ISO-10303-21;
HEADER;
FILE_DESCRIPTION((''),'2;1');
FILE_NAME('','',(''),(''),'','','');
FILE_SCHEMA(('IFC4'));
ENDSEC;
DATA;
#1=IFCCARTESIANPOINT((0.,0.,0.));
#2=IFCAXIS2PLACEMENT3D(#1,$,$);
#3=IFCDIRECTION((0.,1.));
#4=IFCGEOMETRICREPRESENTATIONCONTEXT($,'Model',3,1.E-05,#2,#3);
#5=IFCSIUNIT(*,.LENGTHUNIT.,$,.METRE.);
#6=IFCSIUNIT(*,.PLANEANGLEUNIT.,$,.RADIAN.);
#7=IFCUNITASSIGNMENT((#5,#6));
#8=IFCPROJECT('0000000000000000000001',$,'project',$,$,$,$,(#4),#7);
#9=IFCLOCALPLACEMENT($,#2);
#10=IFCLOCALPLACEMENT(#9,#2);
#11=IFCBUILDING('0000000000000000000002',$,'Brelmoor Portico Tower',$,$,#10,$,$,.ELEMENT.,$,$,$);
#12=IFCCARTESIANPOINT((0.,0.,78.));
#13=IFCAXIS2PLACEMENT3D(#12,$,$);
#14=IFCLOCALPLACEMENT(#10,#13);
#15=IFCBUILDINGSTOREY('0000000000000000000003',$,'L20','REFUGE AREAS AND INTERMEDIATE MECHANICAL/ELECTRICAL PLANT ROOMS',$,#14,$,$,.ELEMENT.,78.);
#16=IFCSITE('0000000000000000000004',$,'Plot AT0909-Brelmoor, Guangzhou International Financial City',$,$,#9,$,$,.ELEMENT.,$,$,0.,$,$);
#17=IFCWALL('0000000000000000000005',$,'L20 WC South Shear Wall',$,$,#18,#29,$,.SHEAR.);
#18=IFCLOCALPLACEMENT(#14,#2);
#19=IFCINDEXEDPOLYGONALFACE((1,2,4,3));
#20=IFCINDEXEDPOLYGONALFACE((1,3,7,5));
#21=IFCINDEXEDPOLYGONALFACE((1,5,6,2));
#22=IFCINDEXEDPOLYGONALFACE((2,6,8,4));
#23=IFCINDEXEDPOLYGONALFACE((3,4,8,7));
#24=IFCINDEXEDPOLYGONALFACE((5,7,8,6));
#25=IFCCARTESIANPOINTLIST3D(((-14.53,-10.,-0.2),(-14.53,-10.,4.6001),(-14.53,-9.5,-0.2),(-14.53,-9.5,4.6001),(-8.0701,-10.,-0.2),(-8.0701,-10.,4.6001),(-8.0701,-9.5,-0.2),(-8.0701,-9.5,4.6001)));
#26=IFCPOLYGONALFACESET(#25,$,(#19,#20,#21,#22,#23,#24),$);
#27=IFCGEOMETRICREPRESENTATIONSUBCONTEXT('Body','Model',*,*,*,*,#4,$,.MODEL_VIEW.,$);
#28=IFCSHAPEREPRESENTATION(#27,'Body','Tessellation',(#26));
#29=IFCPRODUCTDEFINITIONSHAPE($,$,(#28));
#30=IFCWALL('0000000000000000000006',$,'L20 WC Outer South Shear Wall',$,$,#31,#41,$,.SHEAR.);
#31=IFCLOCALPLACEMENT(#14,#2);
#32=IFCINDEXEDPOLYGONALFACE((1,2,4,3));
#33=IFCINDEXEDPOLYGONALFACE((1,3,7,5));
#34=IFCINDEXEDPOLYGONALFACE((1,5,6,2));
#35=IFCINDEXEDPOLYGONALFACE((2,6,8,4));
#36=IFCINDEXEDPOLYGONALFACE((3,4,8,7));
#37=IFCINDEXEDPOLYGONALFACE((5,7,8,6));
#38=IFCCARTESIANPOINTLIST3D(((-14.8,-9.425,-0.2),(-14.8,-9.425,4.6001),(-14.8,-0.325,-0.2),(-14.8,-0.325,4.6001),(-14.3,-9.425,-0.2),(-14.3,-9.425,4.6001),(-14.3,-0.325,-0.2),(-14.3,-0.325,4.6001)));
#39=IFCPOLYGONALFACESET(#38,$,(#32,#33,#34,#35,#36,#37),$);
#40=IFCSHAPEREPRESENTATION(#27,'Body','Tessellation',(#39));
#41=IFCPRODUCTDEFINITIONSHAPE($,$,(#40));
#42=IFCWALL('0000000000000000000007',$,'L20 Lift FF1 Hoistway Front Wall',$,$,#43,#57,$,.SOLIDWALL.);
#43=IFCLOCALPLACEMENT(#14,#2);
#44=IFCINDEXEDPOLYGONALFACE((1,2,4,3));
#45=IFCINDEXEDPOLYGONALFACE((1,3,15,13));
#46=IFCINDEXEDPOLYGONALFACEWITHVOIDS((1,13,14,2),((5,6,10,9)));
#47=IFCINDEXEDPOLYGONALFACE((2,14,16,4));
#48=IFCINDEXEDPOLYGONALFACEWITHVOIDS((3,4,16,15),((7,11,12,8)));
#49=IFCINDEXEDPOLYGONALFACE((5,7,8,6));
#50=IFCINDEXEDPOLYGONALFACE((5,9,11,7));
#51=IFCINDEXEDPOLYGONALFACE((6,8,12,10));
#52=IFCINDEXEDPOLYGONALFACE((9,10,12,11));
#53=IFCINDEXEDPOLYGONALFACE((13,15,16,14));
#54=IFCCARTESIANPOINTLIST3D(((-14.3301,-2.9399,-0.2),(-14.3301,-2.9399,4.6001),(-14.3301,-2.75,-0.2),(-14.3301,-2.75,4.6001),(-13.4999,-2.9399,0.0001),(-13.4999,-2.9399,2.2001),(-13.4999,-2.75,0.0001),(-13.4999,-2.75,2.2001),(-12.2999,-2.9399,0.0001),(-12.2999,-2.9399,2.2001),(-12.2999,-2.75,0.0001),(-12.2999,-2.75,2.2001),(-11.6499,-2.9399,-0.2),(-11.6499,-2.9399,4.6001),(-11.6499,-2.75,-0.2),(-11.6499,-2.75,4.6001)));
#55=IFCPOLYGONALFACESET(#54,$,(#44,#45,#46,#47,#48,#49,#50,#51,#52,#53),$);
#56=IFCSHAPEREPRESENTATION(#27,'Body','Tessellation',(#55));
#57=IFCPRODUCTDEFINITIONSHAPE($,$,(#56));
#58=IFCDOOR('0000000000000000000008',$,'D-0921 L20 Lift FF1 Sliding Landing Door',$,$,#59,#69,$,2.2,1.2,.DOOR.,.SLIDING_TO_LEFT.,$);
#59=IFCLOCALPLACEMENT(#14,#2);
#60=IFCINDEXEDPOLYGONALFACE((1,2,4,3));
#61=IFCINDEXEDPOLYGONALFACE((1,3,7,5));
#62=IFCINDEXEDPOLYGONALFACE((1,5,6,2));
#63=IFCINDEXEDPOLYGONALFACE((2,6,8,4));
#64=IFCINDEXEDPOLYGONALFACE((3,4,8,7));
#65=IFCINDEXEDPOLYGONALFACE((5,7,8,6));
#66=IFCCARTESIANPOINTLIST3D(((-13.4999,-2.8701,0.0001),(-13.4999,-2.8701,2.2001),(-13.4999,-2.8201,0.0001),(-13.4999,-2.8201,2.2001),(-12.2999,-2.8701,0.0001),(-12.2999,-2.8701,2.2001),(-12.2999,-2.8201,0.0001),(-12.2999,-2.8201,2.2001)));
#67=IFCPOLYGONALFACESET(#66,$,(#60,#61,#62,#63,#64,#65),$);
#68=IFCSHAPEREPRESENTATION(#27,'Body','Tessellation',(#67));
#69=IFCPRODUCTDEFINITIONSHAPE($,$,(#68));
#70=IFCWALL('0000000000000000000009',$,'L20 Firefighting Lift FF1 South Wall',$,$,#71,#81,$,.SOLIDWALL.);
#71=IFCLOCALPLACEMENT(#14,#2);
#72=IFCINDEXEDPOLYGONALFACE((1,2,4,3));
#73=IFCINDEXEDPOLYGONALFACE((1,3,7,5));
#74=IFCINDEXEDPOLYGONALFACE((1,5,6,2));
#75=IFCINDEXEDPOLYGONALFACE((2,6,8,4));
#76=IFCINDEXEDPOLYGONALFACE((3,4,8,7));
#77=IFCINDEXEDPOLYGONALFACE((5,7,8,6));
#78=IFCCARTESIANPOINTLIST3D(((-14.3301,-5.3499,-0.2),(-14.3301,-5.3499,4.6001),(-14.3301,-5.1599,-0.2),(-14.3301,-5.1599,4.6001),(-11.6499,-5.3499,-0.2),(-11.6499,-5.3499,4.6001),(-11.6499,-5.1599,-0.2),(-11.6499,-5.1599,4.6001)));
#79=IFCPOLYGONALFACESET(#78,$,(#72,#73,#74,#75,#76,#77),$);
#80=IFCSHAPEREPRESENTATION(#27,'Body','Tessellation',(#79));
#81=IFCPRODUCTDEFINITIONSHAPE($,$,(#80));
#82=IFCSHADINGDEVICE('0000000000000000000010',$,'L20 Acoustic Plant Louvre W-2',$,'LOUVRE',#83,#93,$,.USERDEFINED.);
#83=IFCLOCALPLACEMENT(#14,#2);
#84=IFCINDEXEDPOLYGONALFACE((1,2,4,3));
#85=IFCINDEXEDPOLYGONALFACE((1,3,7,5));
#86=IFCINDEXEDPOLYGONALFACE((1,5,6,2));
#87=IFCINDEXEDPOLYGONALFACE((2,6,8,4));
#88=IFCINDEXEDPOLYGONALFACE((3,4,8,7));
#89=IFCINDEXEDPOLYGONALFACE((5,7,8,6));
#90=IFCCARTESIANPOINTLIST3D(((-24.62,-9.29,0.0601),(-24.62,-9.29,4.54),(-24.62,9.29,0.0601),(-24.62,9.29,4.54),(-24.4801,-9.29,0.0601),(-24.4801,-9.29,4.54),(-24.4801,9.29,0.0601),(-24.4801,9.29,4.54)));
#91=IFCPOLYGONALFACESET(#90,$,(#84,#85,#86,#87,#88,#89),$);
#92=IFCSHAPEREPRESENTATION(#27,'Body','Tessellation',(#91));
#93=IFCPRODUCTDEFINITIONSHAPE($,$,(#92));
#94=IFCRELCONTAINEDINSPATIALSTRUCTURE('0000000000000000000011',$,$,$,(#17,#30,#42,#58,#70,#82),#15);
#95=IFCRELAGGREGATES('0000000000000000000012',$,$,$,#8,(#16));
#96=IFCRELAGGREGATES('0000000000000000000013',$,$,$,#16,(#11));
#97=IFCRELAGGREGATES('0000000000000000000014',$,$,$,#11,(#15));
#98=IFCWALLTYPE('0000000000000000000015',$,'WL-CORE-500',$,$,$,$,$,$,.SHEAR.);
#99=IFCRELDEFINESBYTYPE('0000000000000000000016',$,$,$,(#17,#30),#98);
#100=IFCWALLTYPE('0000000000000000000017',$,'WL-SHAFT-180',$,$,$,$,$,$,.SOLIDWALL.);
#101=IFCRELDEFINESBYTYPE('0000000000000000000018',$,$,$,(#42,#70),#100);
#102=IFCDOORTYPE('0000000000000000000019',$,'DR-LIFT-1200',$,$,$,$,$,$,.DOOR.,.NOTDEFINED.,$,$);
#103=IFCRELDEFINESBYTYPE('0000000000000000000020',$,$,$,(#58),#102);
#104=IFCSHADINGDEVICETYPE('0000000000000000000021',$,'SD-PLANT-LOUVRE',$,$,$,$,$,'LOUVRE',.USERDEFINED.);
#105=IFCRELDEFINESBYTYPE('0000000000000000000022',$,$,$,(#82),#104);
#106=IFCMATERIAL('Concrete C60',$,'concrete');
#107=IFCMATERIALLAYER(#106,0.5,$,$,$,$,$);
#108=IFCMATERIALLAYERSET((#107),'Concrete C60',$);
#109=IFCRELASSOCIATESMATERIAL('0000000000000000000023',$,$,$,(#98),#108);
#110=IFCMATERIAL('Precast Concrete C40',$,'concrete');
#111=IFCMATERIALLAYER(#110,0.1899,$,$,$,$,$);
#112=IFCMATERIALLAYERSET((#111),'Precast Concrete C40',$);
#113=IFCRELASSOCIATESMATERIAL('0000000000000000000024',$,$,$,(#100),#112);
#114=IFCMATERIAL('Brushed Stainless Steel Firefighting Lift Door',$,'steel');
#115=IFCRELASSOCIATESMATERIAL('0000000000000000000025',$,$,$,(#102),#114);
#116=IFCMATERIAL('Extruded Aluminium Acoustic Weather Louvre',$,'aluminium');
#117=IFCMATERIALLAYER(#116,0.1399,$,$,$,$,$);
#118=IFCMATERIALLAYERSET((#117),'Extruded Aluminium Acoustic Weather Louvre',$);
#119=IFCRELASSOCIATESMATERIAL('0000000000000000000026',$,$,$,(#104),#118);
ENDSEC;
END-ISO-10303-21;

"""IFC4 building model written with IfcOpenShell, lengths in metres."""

from ifc_helpers import new_model, si_unit, direction, frame, frame_2d, origin, origin_2d, place, context, subcontext, project, spatial, rectangle, extrude, material, layer, layer_set, type_object, element, fill, save


model = new_model("IFC4")

# Units and contexts
model_context = context("Model", 3, precision=1e-05, world=origin(), true_north=direction((0.0, 1.0)))
body_context = subcontext(model_context, "Body", "Model", "MODEL_VIEW")
ifc_project = project(units=[si_unit("LENGTHUNIT", "METRE"), si_unit("PLANEANGLEUNIT", "RADIAN")], contexts=[model_context])

# Site, building, storey
site_placement = place(None, origin())
site = spatial("IfcSite", under=ifc_project, at=site_placement, Name="Plot AT0909-Brelmoor, Guangzhou International Financial City", CompositionType="ELEMENT", RefElevation=0.0)
building_placement = place(site_placement, origin())
building = spatial("IfcBuilding", under=site, at=building_placement, Name="Brelmoor Portico Tower", CompositionType="ELEMENT")
storey_placement = place(building_placement, frame((0.0, 0.0, 78.0)))
storey = spatial("IfcBuildingStorey", under=building, at=storey_placement, Name="L20", Description="REFUGE AREAS AND INTERMEDIATE MECHANICAL/ELECTRICAL PLANT ROOMS", CompositionType="ELEMENT", Elevation=78.0)

# Walls
ifc_material_1 = material(Name="Concrete C60", Category="concrete")
ifc_layer_1 = layer(ifc_material_1, 0.5)
ifc_layer_set_1 = layer_set([ifc_layer_1], Name="Concrete C60")
wall_type_1 = type_object("IfcWallType", Name="WL-CORE-500", PredefinedType="SHEAR", material=ifc_layer_set_1)
wall_1_placement = place(storey_placement, frame((-14.53, -9.75, -0.2), z_axis=(0.0, 0.0, 1.0), x_axis=(1.0, 0.0, 0.0)))
element("IfcWall", 1, at=wall_1_placement, inside=storey, type_object=wall_type_1, Name="L20 WC South Shear Wall", PredefinedType="SHEAR", context=body_context, shape_type="SweptSolid", body=[
    extrude(rectangle(XDim=6.46, YDim=0.5, at=frame_2d((3.23, 0.0))), origin(), (0.0, 0.0, 1.0), 4.8),
])
wall_2_placement = place(storey_placement, frame((-14.55, -9.425, -0.2), z_axis=(0.0, 0.0, 1.0), x_axis=(0.0, 1.0, 0.0)))
element("IfcWall", 2, at=wall_2_placement, inside=storey, type_object=wall_type_1, Name="L20 WC Outer South Shear Wall", PredefinedType="SHEAR", context=body_context, shape_type="SweptSolid", body=[
    extrude(rectangle(XDim=9.1001, YDim=0.5, at=frame_2d((4.55, 0.0))), origin(), (0.0, 0.0, 1.0), 4.8),
])

# Wall, opening, door
ifc_material_2 = material(Name="Precast Concrete C40", Category="concrete")
ifc_layer_2 = layer(ifc_material_2, 0.1899)
ifc_layer_set_2 = layer_set([ifc_layer_2], Name="Precast Concrete C40")
wall_type_2 = type_object("IfcWallType", Name="WL-SHAFT-180", PredefinedType="SOLIDWALL", material=ifc_layer_set_2)
wall_3_placement = place(storey_placement, frame((-14.3301, -2.845, -0.2), z_axis=(0.0, 0.0, 1.0), x_axis=(1.0, 0.0, 0.0)))
wall_3 = element("IfcWall", 3, at=wall_3_placement, inside=storey, type_object=wall_type_2, Name="L20 Lift FF1 Hoistway Front Wall", PredefinedType="SOLIDWALL", context=body_context, shape_type="SweptSolid", body=[
    extrude(rectangle(XDim=2.6802, YDim=0.1899, at=frame_2d((1.3401, 0.0))), origin(), (0.0, 0.0, 1.0), 4.8),
])
opening_placement = place(wall_3_placement, frame((0.8301, 0.0, 0.2)))
opening = element("IfcOpeningElement", 4, at=opening_placement, cuts=wall_3, PredefinedType="OPENING", context=body_context, shape_type="SweptSolid", body=[
    extrude(rectangle(XDim=1.2, YDim=2.2, at=frame_2d((0.6001, 1.1001))), frame((0.0, 0.105, 0.0), z_axis=(0.0, -1.0, 0.0), x_axis=(1.0, 0.0, 0.0)), (0.0, 0.0, 1.0), 0.21),
])
ifc_material_3 = material(Name="Brushed Stainless Steel Firefighting Lift Door", Category="steel")
door_type = type_object("IfcDoorType", Name="DR-LIFT-1200", OperationType="NOTDEFINED", PredefinedType="DOOR", material=ifc_material_3)
door_placement = place(opening_placement, origin())
door = element("IfcDoor", 5, at=door_placement, inside=storey, type_object=door_type, Name="D-0921 L20 Lift FF1 Sliding Landing Door", OperationType="SLIDING_TO_LEFT", OverallHeight=2.2, OverallWidth=1.2, PredefinedType="DOOR", context=body_context, shape_type="SweptSolid", body=[
    extrude(rectangle(XDim=1.2, YDim=2.2, at=frame_2d((0.6001, 1.1001))), frame((0.0, 0.0249, 0.0), z_axis=(0.0, -1.0, 0.0), x_axis=(1.0, 0.0, 0.0)), (0.0, 0.0, 1.0), 0.05),
])
fill(opening, door)

# Wall
wall_4_placement = place(storey_placement, frame((-14.3301, -5.2549, -0.2), z_axis=(0.0, 0.0, 1.0), x_axis=(1.0, 0.0, 0.0)))
element("IfcWall", 6, at=wall_4_placement, inside=storey, type_object=wall_type_2, Name="L20 Firefighting Lift FF1 South Wall", PredefinedType="SOLIDWALL", context=body_context, shape_type="SweptSolid", body=[
    extrude(rectangle(XDim=2.6802, YDim=0.1899, at=frame_2d((1.3401, 0.0))), origin(), (0.0, 0.0, 1.0), 4.8),
])

# Shading device
ifc_material_4 = material(Name="Extruded Aluminium Acoustic Weather Louvre", Category="aluminium")
ifc_layer_3 = layer(ifc_material_4, 0.1399)
ifc_layer_set_3 = layer_set([ifc_layer_3], Name="Extruded Aluminium Acoustic Weather Louvre")
shading_device_type = type_object("IfcShadingDeviceType", Name="SD-PLANT-LOUVRE", ElementType="LOUVRE", PredefinedType="USERDEFINED", material=ifc_layer_set_3)
shading_device_placement = place(storey_placement, frame((-24.55, 0.0, 0.0601), z_axis=(0.0, 0.0, 1.0), x_axis=(0.0, 1.0, 0.0)))
element("IfcShadingDevice", 7, at=shading_device_placement, inside=storey, type_object=shading_device_type, Name="L20 Acoustic Plant Louvre W-2", ObjectType="LOUVRE", PredefinedType="USERDEFINED", context=body_context, shape_type="SweptSolid", body=[
    extrude(rectangle(XDim=18.5801, YDim=0.1399, at=origin_2d()), origin(), (0.0, 0.0, 1.0), 4.48),
])

save(model, "model.ifc")
